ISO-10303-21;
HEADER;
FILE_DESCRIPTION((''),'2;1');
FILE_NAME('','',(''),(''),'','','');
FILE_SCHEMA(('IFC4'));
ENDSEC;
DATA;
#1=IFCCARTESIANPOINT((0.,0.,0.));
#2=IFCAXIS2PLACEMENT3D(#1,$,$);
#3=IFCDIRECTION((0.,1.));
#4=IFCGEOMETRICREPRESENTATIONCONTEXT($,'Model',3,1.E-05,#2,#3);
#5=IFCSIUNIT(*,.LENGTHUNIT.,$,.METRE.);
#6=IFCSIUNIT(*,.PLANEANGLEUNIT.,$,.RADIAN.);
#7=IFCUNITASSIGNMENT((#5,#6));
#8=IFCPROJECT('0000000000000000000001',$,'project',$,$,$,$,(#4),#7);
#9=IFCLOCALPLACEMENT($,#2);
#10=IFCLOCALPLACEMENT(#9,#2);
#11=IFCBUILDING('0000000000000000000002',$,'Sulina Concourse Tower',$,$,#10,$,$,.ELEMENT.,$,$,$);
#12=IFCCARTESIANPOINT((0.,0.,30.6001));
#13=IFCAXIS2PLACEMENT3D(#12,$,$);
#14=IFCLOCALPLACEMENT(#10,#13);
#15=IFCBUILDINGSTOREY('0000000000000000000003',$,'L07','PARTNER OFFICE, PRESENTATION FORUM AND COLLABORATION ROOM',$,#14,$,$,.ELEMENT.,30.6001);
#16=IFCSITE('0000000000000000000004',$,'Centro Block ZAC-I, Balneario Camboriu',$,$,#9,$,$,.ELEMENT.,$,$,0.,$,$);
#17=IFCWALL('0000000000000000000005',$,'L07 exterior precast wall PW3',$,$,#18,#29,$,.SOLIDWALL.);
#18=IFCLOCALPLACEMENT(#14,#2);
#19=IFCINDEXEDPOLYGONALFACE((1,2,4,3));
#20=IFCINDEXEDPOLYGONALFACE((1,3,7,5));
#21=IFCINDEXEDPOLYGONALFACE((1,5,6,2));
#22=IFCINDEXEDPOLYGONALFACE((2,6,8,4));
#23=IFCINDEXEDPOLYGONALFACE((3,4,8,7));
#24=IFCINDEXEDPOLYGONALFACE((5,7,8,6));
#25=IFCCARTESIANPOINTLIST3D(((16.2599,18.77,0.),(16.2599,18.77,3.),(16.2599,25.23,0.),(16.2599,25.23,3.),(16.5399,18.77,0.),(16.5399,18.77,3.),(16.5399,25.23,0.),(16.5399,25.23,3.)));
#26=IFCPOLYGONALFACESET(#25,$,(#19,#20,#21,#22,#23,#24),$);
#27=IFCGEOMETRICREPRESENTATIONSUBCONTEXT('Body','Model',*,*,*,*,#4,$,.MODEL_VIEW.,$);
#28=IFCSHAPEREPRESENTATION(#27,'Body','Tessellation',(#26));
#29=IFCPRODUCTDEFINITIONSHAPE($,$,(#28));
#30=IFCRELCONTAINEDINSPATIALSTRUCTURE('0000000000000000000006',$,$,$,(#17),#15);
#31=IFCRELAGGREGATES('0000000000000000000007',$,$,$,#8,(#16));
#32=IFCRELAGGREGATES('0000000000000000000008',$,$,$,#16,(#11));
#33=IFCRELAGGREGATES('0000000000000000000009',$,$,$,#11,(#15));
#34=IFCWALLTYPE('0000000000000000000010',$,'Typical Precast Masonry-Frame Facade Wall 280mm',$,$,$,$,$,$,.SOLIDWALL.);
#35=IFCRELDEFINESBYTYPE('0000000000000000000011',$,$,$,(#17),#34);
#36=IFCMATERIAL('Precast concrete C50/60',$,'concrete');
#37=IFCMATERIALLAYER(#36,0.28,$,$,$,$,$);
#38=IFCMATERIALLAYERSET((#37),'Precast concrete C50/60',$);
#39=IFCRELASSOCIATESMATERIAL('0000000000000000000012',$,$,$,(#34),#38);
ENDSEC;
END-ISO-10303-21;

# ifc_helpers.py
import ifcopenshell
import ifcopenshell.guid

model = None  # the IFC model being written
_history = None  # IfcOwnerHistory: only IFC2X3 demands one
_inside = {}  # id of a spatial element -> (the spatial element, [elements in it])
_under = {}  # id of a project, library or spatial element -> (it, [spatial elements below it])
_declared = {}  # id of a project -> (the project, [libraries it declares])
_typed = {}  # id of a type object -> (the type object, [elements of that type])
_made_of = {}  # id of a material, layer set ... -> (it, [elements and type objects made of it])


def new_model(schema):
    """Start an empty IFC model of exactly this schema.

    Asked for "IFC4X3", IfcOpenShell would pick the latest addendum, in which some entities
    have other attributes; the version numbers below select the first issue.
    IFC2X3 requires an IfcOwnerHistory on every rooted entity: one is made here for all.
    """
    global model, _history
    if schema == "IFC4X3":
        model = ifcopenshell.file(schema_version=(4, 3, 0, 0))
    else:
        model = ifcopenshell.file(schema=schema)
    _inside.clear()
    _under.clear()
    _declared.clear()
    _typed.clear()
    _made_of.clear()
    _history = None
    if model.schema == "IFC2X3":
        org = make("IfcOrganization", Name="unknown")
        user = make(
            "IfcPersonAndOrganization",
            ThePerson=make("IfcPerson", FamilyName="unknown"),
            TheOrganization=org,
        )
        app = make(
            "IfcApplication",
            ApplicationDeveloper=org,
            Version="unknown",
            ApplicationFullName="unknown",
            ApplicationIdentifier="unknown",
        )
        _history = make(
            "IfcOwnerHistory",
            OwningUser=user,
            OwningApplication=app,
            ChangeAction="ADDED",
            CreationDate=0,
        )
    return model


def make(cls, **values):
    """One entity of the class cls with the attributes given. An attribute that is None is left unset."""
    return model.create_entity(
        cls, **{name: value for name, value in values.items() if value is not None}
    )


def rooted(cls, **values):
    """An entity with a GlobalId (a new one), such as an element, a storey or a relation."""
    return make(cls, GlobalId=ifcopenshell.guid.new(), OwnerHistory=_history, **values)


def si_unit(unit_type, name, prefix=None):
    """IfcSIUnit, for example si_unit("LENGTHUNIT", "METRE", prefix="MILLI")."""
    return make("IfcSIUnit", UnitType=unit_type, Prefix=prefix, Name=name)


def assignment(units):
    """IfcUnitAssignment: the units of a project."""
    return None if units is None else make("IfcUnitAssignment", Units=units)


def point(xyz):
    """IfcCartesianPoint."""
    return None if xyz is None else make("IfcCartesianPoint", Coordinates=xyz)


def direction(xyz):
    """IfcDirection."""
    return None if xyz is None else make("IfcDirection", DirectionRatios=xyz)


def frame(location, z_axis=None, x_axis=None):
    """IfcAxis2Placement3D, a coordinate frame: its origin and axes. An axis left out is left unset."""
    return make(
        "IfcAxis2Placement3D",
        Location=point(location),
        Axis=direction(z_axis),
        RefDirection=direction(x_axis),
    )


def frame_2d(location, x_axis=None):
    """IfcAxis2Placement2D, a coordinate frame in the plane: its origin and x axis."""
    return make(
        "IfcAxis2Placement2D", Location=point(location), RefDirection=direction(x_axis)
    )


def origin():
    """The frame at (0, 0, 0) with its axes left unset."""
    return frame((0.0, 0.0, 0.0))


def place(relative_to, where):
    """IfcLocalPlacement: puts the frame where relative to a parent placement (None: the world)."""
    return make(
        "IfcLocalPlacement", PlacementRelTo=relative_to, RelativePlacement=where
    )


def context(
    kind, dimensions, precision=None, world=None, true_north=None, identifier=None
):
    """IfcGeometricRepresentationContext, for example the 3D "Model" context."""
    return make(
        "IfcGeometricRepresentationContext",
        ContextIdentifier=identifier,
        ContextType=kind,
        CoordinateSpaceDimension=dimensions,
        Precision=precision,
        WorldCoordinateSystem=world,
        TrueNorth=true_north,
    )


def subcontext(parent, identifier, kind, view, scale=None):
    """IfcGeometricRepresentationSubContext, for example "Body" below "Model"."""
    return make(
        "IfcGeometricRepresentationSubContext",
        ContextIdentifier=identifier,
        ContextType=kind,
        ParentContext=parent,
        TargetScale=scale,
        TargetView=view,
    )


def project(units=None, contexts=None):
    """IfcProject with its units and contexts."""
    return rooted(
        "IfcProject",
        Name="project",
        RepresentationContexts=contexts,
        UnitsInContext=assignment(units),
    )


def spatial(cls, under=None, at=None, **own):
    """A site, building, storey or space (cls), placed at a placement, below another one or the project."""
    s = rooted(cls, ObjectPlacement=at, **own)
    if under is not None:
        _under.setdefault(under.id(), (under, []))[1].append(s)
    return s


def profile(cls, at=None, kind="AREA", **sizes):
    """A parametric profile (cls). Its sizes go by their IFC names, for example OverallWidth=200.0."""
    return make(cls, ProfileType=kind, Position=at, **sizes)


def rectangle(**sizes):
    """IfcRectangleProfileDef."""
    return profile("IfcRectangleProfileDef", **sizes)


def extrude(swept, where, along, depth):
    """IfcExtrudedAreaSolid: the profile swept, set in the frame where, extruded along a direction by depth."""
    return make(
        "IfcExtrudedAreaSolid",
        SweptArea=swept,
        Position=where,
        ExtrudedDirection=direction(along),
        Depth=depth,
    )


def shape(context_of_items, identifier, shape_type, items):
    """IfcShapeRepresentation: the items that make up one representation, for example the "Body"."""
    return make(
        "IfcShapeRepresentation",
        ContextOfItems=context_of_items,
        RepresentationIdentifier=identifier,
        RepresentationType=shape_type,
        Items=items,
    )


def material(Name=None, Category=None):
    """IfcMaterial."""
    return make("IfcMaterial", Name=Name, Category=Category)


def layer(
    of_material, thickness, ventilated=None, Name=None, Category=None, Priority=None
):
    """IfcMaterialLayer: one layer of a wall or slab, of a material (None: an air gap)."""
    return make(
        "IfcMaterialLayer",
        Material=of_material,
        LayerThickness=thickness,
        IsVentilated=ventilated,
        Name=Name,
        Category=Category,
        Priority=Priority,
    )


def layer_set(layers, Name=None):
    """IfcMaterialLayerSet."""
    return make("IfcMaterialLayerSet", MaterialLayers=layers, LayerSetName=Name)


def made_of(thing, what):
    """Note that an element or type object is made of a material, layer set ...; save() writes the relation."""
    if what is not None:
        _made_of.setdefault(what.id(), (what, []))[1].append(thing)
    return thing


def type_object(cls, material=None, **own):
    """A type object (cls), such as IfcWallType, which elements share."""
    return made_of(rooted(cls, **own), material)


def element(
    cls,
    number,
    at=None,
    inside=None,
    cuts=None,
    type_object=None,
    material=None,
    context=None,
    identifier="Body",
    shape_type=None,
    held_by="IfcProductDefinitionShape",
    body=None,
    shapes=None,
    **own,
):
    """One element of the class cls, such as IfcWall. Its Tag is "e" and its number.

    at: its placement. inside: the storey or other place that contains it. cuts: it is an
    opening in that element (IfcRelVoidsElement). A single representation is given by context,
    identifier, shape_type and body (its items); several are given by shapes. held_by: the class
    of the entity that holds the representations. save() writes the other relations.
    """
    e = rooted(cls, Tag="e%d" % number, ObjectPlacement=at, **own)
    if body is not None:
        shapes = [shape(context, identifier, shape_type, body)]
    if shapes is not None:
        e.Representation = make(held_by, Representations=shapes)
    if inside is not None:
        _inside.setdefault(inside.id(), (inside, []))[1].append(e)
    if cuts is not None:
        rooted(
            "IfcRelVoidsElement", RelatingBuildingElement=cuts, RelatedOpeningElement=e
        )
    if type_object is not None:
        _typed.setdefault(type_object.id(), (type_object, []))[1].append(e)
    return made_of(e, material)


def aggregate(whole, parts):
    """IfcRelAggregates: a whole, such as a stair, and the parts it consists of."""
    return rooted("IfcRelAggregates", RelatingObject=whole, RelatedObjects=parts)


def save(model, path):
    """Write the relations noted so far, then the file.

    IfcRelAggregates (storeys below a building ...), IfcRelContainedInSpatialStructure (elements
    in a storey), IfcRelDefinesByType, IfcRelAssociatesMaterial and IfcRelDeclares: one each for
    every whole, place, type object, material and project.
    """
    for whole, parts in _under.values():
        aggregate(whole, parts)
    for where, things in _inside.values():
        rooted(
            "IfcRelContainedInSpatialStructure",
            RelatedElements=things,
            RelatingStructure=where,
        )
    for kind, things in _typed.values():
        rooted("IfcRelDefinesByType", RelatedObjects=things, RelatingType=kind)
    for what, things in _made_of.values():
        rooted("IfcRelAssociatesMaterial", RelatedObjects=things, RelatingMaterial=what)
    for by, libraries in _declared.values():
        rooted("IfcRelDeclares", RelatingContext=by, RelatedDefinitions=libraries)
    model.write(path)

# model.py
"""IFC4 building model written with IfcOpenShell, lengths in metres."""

from ifc_helpers import new_model, si_unit, direction, frame, frame_2d, origin, place, context, subcontext, project, spatial, rectangle, extrude, material, layer, layer_set, type_object, element, save


model = new_model("IFC4")

# Units and contexts
model_context = context("Model", 3, precision=1e-05, world=origin(), true_north=direction((0.0, 1.0)))
body_context = subcontext(model_context, "Body", "Model", "MODEL_VIEW")
ifc_project = project(units=[si_unit("LENGTHUNIT", "METRE"), si_unit("PLANEANGLEUNIT", "RADIAN")], contexts=[model_context])

# Site, building, storey
site_placement = place(None, origin())
site = spatial("IfcSite", under=ifc_project, at=site_placement, Name="Centro Block ZAC-I, Balneario Camboriu", CompositionType="ELEMENT", RefElevation=0.0)
building_placement = place(site_placement, origin())
building = spatial("IfcBuilding", under=site, at=building_placement, Name="Sulina Concourse Tower", CompositionType="ELEMENT")
storey_placement = place(building_placement, frame((0.0, 0.0, 30.6001)))
storey = spatial("IfcBuildingStorey", under=building, at=storey_placement, Name="L07", Description="PARTNER OFFICE, PRESENTATION FORUM AND COLLABORATION ROOM", CompositionType="ELEMENT", Elevation=30.6001)

# Wall
ifc_material_1 = material(Name="Precast concrete C50/60", Category="concrete")
ifc_layer_1 = layer(ifc_material_1, 0.28)
ifc_layer_set_1 = layer_set([ifc_layer_1], Name="Precast concrete C50/60")
wall_type_1 = type_object("IfcWallType", Name="Typical Precast Masonry-Frame Facade Wall 280mm", PredefinedType="SOLIDWALL", material=ifc_layer_set_1)
wall_1_placement = place(storey_placement, frame((16.3999, 25.23, 0.0), z_axis=(0.0, 0.0, 1.0), x_axis=(0.0, -1.0, 0.0)))
element("IfcWall", 1, at=wall_1_placement, inside=storey, type_object=wall_type_1, Name="L07 exterior precast wall PW3", PredefinedType="SOLIDWALL", context=body_context, shape_type="SweptSolid", body=[
    extrude(rectangle(XDim=6.46, YDim=0.28, at=frame_2d((3.23, 0.0))), origin(), (0.0, 0.0, 1.0), 3.0),
])

save(model, "model.ifc")
